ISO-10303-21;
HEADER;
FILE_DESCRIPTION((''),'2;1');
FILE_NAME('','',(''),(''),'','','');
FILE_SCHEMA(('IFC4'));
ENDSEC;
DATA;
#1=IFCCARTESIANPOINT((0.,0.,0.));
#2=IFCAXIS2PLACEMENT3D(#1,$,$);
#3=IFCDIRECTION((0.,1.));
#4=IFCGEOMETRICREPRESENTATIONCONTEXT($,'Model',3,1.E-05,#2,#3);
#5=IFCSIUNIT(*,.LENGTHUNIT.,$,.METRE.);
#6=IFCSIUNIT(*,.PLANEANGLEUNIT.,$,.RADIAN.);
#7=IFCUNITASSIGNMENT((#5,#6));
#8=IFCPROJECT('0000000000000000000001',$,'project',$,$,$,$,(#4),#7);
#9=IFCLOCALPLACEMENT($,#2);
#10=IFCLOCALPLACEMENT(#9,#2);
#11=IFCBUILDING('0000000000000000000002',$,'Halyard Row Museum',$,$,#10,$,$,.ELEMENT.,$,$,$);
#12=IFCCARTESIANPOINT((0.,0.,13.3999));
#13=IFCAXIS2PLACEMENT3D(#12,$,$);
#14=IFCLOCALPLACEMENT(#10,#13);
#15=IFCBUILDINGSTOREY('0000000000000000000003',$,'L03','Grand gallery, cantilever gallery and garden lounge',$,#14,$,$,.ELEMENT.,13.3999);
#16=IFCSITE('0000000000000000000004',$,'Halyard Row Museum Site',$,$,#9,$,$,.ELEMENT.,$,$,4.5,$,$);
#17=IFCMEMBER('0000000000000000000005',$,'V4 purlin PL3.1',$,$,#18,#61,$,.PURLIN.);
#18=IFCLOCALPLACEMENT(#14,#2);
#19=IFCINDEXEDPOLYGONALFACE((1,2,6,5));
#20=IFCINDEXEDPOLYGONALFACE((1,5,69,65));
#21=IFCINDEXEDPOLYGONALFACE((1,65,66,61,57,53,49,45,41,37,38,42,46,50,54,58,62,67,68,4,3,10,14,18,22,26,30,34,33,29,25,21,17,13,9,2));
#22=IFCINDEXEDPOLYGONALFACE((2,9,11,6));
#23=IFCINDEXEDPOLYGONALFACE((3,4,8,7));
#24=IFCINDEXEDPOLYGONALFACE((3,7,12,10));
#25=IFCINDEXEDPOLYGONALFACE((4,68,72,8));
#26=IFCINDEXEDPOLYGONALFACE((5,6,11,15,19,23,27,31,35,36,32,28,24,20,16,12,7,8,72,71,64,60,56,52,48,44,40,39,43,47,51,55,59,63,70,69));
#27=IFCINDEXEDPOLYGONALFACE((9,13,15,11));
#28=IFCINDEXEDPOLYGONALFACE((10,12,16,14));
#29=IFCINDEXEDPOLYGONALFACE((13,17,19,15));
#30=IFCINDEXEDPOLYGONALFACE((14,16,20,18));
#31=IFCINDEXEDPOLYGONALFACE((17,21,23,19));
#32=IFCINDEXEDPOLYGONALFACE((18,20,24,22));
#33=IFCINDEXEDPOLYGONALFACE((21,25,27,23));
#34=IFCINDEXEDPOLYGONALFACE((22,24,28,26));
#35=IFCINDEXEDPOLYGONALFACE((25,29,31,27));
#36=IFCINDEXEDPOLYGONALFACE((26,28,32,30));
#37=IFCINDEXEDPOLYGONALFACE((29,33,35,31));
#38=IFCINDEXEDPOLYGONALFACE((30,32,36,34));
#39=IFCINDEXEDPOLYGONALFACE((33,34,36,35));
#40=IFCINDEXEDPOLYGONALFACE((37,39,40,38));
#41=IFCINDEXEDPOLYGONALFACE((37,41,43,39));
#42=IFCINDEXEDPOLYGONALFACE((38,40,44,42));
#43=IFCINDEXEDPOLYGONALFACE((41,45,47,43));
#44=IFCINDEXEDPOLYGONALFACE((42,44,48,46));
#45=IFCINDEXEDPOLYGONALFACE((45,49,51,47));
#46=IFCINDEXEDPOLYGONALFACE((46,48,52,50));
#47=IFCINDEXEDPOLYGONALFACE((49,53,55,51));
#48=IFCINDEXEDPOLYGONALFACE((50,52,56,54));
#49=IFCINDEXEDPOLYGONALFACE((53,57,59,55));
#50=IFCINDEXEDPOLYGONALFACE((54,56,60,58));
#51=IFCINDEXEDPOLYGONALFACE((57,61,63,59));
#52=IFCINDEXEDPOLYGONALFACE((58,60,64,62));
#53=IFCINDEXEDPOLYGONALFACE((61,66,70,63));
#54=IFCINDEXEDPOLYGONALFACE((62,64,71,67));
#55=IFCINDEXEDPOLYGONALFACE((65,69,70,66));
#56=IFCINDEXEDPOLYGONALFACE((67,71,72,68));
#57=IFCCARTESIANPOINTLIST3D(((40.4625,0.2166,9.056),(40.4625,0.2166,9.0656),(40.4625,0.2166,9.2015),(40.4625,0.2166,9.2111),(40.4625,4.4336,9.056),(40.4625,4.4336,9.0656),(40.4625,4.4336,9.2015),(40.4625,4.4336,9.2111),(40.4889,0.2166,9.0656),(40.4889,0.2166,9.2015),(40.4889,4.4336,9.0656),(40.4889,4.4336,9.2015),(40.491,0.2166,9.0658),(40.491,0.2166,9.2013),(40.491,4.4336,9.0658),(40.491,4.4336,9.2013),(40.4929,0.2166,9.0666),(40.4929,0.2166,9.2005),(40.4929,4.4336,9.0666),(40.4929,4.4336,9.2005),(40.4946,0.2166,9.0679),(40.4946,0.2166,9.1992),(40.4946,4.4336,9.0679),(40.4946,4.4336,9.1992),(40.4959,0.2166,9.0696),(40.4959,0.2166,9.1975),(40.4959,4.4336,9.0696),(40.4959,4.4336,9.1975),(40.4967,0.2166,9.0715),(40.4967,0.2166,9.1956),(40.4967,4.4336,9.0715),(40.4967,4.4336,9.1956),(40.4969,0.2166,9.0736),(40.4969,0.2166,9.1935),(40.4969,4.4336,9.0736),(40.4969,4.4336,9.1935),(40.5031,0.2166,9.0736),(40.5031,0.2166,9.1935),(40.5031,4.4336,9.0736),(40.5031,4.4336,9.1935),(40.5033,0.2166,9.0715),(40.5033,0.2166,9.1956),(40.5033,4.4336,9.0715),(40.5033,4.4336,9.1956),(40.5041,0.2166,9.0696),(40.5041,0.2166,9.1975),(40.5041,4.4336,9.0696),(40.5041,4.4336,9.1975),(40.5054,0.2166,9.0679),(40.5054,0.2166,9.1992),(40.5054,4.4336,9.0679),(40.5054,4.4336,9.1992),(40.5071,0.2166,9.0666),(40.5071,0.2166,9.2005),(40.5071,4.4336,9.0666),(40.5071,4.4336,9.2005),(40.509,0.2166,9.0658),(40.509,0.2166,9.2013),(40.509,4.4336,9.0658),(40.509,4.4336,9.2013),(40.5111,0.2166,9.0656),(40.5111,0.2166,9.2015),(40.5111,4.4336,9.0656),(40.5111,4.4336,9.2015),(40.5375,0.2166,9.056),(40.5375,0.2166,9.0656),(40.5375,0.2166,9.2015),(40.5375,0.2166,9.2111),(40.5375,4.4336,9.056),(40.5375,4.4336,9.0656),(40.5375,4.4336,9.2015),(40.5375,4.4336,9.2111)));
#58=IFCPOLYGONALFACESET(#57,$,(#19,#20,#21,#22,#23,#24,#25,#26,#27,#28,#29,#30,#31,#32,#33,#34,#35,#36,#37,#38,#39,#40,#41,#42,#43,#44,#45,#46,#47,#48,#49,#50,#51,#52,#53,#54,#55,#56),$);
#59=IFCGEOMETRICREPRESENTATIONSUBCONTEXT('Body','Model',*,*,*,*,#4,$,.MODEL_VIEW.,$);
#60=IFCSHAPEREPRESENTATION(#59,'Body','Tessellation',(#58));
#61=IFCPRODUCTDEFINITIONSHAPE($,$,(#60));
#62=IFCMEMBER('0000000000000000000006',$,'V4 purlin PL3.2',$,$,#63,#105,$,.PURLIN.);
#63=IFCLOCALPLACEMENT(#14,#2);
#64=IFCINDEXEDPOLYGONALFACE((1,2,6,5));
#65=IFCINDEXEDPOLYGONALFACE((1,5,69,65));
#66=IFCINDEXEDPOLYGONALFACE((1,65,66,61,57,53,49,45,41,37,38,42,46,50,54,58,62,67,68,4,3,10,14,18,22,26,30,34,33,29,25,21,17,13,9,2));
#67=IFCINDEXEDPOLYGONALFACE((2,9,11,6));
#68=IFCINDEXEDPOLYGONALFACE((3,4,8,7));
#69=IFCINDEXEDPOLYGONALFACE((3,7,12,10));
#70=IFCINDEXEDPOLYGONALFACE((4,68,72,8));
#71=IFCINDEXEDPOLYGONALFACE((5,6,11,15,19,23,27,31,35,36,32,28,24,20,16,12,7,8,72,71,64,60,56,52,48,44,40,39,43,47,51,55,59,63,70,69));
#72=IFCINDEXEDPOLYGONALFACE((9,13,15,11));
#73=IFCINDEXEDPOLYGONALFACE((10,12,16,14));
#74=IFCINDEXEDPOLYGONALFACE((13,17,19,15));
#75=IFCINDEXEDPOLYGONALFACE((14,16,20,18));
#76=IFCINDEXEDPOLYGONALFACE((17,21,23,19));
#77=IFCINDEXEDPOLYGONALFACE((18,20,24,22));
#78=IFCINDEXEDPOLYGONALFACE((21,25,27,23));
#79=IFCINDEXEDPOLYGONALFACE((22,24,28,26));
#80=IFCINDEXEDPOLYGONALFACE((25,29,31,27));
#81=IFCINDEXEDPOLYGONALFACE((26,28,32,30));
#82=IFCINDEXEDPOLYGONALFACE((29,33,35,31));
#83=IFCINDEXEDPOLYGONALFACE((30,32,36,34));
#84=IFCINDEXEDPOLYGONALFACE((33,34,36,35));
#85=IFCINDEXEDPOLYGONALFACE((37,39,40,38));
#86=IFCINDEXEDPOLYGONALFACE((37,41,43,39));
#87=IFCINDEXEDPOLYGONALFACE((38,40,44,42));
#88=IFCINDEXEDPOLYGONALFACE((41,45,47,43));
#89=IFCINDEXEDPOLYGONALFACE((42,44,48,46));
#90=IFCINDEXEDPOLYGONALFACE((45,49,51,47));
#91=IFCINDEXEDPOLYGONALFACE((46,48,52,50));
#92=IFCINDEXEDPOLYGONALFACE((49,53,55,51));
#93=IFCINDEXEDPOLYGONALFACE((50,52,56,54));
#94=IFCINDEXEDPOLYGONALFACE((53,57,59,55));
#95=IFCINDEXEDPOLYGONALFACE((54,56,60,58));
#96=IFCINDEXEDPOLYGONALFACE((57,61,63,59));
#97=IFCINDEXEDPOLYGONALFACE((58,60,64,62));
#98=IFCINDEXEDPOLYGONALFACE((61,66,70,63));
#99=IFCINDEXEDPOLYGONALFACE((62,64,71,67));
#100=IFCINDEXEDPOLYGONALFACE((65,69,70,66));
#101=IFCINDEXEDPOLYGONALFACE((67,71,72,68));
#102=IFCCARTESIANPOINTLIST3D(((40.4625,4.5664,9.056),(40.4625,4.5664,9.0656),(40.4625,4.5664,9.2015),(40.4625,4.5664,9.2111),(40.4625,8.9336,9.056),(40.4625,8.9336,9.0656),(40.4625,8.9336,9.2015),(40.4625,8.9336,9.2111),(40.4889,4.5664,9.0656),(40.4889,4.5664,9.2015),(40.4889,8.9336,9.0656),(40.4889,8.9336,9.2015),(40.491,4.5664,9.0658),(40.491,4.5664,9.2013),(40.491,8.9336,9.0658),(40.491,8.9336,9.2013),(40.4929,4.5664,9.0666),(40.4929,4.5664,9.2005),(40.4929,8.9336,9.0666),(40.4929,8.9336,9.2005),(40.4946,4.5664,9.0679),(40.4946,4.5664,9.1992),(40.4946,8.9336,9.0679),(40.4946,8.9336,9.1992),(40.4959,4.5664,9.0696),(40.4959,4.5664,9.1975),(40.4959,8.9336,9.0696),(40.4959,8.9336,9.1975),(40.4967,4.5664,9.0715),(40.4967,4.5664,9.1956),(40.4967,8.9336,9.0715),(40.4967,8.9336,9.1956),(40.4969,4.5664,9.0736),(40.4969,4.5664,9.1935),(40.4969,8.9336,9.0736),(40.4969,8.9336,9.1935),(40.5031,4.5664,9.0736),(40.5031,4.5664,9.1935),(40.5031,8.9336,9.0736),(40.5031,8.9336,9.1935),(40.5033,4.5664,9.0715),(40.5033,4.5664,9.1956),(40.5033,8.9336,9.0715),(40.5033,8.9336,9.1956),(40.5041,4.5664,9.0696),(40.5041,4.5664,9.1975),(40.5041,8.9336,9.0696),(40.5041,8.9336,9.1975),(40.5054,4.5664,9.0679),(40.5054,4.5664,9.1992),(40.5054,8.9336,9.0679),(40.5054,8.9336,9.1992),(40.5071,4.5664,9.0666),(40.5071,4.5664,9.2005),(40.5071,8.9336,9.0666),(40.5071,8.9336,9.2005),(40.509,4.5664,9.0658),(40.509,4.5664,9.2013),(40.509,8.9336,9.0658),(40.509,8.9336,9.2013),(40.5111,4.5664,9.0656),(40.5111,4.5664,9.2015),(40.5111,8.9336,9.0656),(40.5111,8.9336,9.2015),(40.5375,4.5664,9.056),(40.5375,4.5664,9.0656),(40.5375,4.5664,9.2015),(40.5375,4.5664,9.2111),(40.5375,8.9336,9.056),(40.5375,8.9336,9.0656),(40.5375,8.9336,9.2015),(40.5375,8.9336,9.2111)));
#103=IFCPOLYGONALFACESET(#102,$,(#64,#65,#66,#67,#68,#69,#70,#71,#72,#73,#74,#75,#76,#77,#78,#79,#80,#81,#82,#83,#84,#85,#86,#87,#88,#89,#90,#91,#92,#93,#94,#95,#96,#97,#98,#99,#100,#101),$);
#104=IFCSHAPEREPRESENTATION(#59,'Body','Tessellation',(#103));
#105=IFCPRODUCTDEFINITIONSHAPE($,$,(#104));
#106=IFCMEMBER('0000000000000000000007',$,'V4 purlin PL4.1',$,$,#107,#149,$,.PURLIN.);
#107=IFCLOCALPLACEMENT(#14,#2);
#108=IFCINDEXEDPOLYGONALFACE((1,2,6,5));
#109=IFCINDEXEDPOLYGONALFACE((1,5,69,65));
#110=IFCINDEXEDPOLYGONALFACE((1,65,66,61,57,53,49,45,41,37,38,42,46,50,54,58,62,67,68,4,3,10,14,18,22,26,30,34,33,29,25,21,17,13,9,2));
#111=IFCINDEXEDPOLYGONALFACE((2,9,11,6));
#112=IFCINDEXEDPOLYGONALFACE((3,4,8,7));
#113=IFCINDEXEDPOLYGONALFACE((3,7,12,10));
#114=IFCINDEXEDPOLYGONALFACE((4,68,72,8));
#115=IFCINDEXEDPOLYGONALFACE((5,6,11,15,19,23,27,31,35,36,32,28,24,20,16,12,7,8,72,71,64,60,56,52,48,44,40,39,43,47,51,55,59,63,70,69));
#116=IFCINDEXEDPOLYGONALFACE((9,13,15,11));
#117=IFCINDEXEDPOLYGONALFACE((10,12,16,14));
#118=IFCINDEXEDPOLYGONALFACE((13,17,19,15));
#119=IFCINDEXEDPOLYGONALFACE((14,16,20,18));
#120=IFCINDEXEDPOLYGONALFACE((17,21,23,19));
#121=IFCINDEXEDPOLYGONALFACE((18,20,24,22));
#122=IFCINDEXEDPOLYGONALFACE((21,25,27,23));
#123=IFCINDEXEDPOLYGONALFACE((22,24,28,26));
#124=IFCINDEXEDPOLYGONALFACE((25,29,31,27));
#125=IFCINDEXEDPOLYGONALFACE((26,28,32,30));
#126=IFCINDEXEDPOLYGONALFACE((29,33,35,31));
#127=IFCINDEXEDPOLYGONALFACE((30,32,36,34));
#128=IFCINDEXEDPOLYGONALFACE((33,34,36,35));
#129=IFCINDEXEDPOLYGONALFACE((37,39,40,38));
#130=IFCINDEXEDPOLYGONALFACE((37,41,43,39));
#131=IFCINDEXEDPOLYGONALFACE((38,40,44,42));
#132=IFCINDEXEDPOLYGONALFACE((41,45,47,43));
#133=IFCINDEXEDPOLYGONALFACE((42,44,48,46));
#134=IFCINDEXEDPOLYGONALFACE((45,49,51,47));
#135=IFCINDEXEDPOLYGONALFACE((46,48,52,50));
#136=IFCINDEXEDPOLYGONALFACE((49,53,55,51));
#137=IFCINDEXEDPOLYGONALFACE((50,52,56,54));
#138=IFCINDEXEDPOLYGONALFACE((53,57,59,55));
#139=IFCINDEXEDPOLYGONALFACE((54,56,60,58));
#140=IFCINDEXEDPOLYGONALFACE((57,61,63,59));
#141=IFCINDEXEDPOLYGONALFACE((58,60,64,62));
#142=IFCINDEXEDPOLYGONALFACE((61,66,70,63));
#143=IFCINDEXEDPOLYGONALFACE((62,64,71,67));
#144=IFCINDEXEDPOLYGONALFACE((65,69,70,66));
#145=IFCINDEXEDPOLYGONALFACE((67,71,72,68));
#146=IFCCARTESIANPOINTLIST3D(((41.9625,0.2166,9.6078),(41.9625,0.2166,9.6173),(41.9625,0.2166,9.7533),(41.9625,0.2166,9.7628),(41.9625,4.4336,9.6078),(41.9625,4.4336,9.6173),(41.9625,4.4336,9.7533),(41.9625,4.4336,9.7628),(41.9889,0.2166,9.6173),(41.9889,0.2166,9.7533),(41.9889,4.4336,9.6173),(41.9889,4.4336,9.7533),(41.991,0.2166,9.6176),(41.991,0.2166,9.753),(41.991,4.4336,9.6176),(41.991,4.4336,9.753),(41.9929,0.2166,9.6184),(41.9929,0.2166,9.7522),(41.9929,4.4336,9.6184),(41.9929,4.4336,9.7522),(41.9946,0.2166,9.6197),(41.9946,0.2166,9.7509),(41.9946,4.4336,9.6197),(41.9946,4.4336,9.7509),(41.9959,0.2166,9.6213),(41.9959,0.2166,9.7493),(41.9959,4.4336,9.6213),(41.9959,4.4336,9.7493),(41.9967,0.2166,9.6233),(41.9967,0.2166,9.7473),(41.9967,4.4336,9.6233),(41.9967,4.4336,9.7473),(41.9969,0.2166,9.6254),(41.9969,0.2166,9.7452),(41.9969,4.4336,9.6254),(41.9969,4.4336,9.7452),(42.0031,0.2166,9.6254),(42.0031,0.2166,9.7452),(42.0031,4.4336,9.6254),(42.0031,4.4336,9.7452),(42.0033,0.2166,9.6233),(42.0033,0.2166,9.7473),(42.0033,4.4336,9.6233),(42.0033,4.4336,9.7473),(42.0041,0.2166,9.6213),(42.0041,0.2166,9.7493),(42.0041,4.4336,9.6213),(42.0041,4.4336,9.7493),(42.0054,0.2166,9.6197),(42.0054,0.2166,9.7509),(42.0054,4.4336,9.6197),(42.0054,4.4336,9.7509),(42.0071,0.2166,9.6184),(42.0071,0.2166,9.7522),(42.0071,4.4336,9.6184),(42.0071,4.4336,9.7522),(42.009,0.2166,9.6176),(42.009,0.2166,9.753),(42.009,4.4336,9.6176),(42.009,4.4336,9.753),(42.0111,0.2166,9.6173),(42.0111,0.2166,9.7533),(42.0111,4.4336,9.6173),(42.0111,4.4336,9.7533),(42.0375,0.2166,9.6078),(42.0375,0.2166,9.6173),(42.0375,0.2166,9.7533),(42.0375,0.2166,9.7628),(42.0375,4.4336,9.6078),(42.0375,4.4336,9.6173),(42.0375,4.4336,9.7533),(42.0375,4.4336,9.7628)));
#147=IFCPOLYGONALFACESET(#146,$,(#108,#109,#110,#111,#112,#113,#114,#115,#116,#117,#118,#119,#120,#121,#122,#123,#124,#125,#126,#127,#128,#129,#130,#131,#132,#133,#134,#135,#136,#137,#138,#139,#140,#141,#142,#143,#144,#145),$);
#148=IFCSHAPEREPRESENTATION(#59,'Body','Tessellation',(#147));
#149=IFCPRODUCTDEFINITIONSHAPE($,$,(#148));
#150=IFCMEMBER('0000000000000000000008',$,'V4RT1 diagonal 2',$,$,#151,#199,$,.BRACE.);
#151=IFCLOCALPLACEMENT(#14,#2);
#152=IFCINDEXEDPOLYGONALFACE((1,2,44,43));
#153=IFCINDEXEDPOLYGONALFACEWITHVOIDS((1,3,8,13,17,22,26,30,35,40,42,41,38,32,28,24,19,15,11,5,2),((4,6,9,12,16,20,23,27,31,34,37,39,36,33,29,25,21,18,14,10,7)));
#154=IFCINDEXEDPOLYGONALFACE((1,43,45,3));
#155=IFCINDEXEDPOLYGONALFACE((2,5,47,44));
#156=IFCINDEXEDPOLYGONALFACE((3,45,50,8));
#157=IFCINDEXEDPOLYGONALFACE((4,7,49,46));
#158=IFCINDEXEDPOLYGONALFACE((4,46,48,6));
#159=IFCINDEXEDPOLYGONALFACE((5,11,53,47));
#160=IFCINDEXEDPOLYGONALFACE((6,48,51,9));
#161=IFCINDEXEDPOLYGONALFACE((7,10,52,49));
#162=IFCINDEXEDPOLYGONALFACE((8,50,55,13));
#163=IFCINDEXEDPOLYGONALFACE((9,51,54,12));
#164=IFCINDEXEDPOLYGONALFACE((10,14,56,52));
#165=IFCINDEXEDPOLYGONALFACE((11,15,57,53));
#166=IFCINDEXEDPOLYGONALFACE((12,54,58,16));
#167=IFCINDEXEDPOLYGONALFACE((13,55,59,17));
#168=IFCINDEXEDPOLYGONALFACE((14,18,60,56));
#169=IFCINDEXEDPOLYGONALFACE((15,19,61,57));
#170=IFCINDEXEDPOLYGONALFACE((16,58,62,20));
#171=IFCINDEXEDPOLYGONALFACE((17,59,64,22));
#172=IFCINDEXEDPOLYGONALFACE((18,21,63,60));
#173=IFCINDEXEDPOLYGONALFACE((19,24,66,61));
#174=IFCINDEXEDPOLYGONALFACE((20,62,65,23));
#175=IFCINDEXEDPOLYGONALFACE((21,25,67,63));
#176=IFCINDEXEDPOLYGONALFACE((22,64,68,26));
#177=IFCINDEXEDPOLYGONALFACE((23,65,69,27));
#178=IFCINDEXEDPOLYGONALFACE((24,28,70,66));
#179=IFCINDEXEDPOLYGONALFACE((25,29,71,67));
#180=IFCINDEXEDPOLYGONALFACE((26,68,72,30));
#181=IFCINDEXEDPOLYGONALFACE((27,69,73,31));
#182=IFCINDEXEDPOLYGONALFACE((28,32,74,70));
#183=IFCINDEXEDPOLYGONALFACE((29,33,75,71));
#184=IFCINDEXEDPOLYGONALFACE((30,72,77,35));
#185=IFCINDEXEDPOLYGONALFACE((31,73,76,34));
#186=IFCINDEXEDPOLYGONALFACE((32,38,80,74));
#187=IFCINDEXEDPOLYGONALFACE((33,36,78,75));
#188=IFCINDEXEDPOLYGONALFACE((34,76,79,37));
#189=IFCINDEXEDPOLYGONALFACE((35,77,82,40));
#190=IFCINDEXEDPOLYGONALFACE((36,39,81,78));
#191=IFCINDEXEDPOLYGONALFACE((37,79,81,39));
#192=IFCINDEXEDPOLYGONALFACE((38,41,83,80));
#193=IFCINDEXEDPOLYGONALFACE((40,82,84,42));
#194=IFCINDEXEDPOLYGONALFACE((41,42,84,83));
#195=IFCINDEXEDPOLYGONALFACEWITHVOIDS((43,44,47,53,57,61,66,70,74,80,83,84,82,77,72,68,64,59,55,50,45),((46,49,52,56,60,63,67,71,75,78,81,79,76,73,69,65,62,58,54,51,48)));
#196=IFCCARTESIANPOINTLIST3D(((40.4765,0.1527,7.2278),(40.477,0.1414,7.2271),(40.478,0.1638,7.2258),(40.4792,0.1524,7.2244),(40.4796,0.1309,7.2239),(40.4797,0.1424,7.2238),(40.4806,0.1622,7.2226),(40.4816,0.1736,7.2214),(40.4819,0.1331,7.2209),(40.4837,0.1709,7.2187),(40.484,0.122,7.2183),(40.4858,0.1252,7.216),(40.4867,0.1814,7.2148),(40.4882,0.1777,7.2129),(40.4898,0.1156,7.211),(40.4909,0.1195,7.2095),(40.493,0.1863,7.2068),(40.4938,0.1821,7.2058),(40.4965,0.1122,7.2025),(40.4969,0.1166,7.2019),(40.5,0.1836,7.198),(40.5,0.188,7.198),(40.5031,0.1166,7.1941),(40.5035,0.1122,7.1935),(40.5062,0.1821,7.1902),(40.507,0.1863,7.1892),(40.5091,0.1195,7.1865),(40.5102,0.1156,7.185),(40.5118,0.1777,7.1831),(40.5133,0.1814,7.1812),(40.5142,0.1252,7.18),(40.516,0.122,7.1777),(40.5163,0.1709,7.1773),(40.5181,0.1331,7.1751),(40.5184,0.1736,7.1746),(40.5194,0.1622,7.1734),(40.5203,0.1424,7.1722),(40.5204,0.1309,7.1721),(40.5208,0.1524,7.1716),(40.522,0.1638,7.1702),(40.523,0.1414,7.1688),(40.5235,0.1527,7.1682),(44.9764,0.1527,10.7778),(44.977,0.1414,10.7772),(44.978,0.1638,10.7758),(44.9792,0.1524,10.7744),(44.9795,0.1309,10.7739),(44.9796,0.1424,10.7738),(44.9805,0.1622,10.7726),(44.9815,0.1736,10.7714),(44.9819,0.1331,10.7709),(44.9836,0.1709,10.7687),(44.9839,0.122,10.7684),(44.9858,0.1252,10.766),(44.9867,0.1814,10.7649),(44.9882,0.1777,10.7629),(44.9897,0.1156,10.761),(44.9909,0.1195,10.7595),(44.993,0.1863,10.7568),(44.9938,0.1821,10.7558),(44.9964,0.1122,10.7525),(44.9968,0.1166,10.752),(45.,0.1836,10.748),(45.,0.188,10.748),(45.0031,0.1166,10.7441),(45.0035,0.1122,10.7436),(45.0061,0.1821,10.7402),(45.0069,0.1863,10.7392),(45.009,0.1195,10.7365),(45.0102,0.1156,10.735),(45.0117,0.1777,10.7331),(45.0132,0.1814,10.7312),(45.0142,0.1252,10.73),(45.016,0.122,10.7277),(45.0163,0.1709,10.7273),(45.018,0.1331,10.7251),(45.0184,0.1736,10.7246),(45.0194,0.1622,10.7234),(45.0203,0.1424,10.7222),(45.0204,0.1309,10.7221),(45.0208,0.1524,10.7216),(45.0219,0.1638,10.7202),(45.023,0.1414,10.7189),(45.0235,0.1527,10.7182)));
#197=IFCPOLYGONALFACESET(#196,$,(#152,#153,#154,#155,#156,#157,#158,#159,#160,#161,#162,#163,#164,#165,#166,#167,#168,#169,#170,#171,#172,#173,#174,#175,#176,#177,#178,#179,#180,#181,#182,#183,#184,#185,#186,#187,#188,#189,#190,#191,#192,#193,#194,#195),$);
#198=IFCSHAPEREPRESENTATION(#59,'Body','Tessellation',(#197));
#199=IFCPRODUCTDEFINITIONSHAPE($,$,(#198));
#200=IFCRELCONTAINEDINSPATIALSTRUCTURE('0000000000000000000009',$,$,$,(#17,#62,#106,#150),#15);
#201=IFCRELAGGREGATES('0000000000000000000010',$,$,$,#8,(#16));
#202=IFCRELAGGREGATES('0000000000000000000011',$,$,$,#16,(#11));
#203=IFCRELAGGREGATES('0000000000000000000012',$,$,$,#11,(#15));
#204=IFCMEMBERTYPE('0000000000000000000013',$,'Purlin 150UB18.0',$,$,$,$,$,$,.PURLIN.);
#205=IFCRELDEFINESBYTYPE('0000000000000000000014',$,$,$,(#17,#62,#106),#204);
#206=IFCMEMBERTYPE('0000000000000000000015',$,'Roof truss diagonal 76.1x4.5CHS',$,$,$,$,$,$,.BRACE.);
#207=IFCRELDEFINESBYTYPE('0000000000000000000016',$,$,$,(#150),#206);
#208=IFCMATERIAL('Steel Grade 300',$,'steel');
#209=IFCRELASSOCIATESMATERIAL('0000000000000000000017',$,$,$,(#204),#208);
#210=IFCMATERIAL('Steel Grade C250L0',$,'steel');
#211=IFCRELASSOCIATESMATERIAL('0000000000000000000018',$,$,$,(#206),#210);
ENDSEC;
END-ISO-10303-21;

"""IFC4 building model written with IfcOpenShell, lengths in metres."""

from ifc_helpers import new_model, si_unit, direction, frame, origin, origin_2d, place, context, subcontext, project, spatial, hollow_circle, i_section, extrude, material, material_profile, profile_set, type_object, element, save


model = new_model("IFC4")

# Units and contexts
model_context = context("Model", 3, precision=1e-05, world=origin(), true_north=direction((0.0, 1.0)))
body_context = subcontext(model_context, "Body", "Model", "MODEL_VIEW")
ifc_project = project(units=[si_unit("LENGTHUNIT", "METRE"), si_unit("PLANEANGLEUNIT", "RADIAN")], contexts=[model_context])

# Site, building, storey
site_placement = place(None, origin())
site = spatial("IfcSite", under=ifc_project, at=site_placement, Name="Halyard Row Museum Site", CompositionType="ELEMENT", RefElevation=4.5)
building_placement = place(site_placement, origin())
building = spatial("IfcBuilding", under=site, at=building_placement, Name="Halyard Row Museum", CompositionType="ELEMENT")
storey_placement = place(building_placement, frame((0.0, 0.0, 13.3999)))
storey = spatial("IfcBuildingStorey", under=building, at=storey_placement, Name="L03", Description="Grand gallery, cantilever gallery and garden lounge", CompositionType="ELEMENT", Elevation=13.3999)

# Members
ifc_material_1 = material(Name="Steel Grade 300", Category="steel")
ifc_material_profile_1 = material_profile(ifc_material_1, i_section(OverallWidth=0.075, OverallDepth=0.155, WebThickness=0.0061, FlangeThickness=0.0095, FilletRadius=0.0081, at=origin_2d()), Name="150UB18.0")
ifc_profile_set_1 = profile_set([ifc_material_profile_1], Name="Steel Grade 300")
member_type_1 = type_object("IfcMemberType", Name="Purlin 150UB18.0", PredefinedType="PURLIN", material=ifc_profile_set_1)
member_1_placement = place(storey_placement, frame((40.5, 0.2166, 9.1335), z_axis=(0.0, 1.0, 0.0), x_axis=(-1.0, 0.0, 0.0)))
element("IfcMember", 1, at=member_1_placement, inside=storey, type_object=member_type_1, Name="V4 purlin PL3.1", PredefinedType="PURLIN", context=body_context, shape_type="SweptSolid", body=[
    extrude(i_section(OverallWidth=0.075, OverallDepth=0.155, WebThickness=0.0061, FlangeThickness=0.0095, FilletRadius=0.0081, at=origin_2d()), origin(), (0.0, 0.0, 1.0), 4.217),
])
member_2_placement = place(storey_placement, frame((40.5, 4.5664, 9.1335), z_axis=(0.0, 1.0, 0.0), x_axis=(-1.0, 0.0, 0.0)))
element("IfcMember", 2, at=member_2_placement, inside=storey, type_object=member_type_1, Name="V4 purlin PL3.2", PredefinedType="PURLIN", context=body_context, shape_type="SweptSolid", body=[
    extrude(i_section(OverallWidth=0.075, OverallDepth=0.155, WebThickness=0.0061, FlangeThickness=0.0095, FilletRadius=0.0081, at=origin_2d()), origin(), (0.0, 0.0, 1.0), 4.3672),
])
member_3_placement = place(storey_placement, frame((42.0, 0.2166, 9.6853), z_axis=(0.0, 1.0, 0.0), x_axis=(-1.0, 0.0, 0.0)))
element("IfcMember", 3, at=member_3_placement, inside=storey, type_object=member_type_1, Name="V4 purlin PL4.1", PredefinedType="PURLIN", context=body_context, shape_type="SweptSolid", body=[
    extrude(i_section(OverallWidth=0.075, OverallDepth=0.155, WebThickness=0.0061, FlangeThickness=0.0095, FilletRadius=0.0081, at=origin_2d()), origin(), (0.0, 0.0, 1.0), 4.217),
])
ifc_material_2 = material(Name="Steel Grade C250L0", Category="steel")
ifc_material_profile_2 = material_profile(ifc_material_2, hollow_circle(Radius=0.0381, WallThickness=0.0044, at=origin_2d()), Name="76.1x4.5CHS")
ifc_profile_set_2 = profile_set([ifc_material_profile_2], Name="Steel Grade C250L0")
member_type_2 = type_object("IfcMemberType", Name="Roof truss diagonal 76.1x4.5CHS", PredefinedType="BRACE", material=ifc_profile_set_2)
member_4_placement = place(storey_placement, frame((40.5, 0.1499, 7.198), z_axis=(0.785102, 0.0, 0.619367), x_axis=(0.0, 1.0, 0.0)))
element("IfcMember", 4, at=member_4_placement, inside=storey, type_object=member_type_2, Name="V4RT1 diagonal 2", PredefinedType="BRACE", context=body_context, shape_type="SweptSolid", body=[
    extrude(hollow_circle(Radius=0.0381, WallThickness=0.0044, at=origin_2d()), origin(), (0.0, 0.0, 1.0), 5.7317),
])

save(model, "model.ifc")
